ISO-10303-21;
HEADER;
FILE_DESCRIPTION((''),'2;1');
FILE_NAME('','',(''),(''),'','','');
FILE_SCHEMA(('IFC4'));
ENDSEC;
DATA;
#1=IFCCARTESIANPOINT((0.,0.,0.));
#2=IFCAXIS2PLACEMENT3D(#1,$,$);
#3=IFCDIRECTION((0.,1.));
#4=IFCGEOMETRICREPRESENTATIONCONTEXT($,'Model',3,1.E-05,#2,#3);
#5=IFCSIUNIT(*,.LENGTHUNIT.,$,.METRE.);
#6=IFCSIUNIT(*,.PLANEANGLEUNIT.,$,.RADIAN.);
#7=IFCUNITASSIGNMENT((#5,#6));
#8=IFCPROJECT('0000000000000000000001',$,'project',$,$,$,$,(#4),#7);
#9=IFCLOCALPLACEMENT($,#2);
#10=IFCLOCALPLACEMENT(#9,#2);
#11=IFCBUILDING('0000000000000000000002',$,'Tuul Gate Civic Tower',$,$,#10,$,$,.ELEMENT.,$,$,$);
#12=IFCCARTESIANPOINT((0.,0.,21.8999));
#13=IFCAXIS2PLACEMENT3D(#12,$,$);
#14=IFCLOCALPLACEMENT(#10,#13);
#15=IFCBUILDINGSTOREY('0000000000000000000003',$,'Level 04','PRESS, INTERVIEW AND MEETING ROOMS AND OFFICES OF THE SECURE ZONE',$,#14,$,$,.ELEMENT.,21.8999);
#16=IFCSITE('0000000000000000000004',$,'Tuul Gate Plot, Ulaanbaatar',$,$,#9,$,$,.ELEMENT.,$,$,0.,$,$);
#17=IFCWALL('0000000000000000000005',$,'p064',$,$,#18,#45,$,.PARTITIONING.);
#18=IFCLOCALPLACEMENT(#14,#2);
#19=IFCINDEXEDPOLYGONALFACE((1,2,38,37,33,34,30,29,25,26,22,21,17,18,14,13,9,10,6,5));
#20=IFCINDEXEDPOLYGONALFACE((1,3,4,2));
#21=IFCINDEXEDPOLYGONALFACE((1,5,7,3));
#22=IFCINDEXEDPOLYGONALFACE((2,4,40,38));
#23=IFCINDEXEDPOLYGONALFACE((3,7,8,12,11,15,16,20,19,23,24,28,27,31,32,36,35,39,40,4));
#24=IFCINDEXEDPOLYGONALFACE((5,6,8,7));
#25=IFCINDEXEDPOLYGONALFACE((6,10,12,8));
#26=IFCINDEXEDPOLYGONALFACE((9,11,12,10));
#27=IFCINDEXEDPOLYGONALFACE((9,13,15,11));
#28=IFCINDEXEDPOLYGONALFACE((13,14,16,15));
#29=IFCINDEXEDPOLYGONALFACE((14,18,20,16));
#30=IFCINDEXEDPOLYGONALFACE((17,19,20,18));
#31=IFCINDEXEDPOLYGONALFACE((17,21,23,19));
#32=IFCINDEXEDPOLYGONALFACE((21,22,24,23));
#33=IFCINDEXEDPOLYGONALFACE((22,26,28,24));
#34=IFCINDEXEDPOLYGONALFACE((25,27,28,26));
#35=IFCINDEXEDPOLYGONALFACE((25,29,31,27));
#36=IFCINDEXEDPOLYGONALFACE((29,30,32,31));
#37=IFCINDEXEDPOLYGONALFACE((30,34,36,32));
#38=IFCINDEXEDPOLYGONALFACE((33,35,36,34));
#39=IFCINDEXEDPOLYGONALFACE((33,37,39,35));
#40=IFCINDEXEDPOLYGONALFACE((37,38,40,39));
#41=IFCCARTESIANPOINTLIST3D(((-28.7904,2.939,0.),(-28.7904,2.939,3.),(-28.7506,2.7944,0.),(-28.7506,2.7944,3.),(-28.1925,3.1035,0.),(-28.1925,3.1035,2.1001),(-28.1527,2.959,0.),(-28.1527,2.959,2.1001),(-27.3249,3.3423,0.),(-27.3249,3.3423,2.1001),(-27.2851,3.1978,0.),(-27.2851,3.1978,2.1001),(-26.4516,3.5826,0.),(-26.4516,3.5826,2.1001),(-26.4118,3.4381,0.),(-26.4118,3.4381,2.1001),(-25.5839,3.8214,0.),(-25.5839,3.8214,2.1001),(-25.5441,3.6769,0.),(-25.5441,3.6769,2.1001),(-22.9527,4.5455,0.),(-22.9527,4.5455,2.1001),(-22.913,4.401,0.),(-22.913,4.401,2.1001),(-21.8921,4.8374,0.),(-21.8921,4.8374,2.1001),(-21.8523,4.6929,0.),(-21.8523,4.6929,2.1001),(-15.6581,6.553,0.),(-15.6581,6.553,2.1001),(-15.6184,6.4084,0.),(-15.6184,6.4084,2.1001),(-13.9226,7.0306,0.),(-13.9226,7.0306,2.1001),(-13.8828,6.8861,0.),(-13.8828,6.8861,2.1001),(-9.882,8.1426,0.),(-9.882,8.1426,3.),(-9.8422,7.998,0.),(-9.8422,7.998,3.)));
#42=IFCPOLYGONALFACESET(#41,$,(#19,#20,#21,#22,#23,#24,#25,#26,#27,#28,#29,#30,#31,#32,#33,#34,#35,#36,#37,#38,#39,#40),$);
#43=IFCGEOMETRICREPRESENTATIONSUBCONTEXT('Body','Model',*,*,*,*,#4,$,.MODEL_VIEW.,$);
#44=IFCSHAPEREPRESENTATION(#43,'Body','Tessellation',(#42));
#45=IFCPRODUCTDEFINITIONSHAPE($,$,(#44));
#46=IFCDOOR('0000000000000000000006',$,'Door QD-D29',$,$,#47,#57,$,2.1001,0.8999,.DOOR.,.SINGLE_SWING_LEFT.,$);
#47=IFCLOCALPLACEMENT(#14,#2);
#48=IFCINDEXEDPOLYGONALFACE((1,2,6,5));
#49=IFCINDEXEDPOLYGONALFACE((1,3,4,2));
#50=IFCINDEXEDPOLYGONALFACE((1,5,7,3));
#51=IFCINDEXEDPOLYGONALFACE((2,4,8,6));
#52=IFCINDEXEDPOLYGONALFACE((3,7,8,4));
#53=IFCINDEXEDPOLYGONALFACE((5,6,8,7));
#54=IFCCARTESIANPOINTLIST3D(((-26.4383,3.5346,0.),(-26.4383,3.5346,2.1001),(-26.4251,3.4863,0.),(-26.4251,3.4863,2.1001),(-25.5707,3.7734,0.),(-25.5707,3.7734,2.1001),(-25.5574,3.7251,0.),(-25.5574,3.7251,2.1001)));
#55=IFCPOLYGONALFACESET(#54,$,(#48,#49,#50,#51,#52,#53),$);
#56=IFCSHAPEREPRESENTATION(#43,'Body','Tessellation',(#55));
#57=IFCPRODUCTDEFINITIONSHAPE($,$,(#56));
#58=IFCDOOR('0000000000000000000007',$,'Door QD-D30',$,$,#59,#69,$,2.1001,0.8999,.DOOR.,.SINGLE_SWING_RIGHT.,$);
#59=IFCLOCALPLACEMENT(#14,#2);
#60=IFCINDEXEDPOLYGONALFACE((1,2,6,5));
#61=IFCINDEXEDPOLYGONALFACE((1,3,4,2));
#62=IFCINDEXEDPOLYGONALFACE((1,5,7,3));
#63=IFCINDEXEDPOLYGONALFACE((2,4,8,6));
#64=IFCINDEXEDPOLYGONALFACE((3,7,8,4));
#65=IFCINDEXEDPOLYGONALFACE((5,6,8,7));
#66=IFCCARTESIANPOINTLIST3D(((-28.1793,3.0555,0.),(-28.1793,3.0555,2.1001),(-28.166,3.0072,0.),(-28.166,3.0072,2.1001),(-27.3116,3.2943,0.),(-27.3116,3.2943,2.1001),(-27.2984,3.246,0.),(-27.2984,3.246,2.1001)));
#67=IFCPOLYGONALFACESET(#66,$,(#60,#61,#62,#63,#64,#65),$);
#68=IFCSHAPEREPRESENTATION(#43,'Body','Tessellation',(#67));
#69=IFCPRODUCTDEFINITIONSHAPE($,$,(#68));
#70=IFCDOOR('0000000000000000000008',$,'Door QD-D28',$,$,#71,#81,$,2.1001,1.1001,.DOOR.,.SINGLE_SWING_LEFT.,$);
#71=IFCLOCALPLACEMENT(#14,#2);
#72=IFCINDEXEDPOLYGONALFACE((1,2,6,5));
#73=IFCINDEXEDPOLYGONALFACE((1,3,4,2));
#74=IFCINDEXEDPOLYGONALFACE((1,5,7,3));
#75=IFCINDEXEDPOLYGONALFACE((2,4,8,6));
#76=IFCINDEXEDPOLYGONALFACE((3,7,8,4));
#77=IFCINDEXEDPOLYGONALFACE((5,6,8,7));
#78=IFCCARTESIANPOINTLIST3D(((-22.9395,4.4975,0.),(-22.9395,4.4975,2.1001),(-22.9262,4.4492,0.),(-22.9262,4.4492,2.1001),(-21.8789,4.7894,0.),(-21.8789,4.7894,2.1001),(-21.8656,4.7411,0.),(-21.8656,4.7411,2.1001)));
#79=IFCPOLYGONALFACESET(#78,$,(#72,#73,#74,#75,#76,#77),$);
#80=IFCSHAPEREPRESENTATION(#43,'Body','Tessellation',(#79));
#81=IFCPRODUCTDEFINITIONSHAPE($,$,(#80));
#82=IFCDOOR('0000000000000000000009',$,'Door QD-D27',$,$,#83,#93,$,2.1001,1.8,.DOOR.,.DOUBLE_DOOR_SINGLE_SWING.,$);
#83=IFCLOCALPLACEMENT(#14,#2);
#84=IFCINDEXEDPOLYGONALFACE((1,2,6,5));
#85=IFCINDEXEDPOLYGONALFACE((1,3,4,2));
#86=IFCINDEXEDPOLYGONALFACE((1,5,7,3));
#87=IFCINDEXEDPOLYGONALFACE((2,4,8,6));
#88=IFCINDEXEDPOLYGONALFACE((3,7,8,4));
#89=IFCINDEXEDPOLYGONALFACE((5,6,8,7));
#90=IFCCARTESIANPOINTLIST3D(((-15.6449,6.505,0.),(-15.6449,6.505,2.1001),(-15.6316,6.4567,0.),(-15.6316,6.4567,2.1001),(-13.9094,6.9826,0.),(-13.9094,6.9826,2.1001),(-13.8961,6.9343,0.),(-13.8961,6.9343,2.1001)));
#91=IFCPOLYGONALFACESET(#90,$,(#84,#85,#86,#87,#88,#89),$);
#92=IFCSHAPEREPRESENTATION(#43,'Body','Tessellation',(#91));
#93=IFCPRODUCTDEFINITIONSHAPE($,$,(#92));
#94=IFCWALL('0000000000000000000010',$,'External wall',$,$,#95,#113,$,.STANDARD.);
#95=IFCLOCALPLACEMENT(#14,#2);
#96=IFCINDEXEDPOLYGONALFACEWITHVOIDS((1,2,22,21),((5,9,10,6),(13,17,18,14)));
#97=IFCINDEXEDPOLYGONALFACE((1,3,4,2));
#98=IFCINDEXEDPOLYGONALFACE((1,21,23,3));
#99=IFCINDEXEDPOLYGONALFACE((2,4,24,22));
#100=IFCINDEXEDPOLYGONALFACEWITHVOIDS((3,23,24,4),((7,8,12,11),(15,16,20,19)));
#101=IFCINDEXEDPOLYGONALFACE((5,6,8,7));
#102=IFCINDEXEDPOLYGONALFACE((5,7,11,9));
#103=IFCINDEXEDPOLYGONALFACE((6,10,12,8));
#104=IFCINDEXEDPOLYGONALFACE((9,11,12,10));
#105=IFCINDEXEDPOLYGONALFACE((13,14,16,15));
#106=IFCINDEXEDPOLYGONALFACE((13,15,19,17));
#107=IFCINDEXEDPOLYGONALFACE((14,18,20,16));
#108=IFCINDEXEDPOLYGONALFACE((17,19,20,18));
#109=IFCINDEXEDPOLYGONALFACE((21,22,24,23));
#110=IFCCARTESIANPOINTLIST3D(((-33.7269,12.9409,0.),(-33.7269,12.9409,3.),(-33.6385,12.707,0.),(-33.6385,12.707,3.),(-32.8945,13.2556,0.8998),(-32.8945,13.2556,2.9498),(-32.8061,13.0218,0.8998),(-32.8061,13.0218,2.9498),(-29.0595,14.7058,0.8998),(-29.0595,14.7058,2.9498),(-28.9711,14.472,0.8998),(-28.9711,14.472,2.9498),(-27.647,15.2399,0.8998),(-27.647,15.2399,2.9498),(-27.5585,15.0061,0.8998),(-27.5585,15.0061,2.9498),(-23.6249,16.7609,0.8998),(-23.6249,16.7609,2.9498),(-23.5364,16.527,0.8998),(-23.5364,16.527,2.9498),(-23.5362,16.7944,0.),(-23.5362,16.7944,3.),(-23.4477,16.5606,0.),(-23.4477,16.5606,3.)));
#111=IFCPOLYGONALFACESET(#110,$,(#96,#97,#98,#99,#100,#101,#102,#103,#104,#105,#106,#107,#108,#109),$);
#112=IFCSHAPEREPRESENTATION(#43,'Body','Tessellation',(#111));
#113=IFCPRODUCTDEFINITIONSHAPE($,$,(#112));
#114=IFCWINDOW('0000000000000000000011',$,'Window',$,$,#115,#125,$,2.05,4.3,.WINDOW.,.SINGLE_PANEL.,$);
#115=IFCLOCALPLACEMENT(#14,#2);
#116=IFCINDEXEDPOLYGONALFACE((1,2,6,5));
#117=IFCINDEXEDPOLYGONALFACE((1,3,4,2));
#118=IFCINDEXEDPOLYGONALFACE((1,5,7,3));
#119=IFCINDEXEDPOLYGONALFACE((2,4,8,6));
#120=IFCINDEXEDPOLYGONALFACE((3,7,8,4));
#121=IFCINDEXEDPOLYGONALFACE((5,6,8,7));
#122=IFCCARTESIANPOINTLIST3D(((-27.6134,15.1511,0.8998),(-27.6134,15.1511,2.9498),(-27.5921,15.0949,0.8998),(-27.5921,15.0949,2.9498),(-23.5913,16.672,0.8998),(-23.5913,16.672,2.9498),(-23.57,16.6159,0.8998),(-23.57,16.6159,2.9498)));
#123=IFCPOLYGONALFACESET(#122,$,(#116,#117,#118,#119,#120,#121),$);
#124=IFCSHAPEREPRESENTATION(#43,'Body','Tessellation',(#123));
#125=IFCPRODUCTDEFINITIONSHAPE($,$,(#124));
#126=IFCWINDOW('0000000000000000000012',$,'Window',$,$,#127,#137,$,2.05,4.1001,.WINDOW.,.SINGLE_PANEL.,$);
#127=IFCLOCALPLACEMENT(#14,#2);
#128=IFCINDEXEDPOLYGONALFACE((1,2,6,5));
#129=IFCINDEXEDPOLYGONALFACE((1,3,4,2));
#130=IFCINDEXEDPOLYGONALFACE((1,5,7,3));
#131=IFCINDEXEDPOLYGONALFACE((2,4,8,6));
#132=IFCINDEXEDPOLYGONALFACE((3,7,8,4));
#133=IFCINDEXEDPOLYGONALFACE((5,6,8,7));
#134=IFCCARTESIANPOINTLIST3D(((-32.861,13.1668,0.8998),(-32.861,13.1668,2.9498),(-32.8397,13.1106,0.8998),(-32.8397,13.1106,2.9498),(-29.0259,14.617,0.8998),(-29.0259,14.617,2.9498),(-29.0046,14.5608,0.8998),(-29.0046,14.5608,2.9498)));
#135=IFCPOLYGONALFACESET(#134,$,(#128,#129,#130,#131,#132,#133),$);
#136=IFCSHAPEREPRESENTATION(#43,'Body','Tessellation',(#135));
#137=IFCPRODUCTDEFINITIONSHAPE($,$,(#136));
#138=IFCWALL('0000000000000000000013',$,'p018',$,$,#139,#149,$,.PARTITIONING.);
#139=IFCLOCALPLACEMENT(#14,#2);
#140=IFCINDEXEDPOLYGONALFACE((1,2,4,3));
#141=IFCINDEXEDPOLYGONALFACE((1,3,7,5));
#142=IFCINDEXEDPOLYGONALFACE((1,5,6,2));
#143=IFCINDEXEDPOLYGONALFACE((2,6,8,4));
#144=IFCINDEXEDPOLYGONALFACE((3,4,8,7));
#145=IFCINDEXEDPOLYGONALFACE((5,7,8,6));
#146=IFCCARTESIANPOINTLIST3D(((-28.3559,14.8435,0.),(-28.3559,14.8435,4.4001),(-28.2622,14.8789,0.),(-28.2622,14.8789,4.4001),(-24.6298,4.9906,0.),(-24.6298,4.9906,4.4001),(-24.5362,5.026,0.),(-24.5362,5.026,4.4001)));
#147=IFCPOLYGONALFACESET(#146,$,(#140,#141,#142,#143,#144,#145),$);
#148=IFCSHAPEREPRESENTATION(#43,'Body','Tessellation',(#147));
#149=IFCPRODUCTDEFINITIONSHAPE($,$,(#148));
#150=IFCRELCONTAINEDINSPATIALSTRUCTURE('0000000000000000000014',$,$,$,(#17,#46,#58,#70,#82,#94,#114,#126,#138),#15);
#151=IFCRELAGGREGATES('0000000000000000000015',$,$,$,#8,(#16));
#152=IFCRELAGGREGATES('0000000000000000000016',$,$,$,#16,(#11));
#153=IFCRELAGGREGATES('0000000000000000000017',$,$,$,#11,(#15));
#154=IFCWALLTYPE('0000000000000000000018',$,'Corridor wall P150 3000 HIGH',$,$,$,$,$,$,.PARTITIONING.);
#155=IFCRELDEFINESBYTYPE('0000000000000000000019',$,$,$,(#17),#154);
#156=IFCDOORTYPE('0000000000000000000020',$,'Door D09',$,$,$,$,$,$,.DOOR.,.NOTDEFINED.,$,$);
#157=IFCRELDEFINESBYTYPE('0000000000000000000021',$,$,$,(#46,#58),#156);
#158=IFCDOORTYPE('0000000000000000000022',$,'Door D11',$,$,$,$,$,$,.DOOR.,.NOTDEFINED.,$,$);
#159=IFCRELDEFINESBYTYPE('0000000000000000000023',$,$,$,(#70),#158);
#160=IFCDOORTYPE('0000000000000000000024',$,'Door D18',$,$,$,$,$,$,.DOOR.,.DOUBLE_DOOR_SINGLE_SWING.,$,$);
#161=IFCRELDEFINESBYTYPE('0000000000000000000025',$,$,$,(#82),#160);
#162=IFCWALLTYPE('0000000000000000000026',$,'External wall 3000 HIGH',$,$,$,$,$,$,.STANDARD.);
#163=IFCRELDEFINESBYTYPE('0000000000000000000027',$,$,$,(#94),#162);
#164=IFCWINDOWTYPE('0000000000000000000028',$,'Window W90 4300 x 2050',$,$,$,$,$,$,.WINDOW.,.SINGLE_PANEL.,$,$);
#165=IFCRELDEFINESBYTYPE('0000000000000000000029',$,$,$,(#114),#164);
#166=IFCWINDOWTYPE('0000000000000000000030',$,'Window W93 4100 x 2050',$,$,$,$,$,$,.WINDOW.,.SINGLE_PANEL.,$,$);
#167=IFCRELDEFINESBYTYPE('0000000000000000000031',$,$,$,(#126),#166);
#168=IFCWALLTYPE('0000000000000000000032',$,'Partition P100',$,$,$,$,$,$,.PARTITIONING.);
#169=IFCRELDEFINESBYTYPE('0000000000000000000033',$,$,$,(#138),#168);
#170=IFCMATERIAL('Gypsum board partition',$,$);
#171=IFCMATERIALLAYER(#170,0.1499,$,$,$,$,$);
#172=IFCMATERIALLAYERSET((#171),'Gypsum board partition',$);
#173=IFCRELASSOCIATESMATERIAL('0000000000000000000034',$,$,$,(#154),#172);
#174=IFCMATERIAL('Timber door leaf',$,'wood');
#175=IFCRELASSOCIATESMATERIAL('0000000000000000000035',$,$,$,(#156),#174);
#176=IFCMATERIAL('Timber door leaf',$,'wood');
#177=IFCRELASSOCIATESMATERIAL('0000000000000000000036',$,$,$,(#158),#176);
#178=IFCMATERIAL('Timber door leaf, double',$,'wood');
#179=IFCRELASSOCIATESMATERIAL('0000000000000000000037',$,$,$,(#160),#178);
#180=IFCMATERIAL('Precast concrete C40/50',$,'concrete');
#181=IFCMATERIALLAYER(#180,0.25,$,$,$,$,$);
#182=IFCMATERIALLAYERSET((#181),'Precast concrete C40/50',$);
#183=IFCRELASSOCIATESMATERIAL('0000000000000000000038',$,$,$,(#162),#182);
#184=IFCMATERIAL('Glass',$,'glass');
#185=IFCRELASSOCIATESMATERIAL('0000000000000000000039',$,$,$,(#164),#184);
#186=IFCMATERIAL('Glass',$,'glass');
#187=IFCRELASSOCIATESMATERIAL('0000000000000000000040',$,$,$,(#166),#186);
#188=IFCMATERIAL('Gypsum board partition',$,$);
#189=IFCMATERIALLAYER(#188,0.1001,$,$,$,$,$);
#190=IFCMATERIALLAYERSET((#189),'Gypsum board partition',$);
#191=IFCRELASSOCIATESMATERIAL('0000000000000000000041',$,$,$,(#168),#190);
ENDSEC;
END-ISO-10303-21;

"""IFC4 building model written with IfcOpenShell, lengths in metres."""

from ifc_helpers import new_model, si_unit, direction, frame, frame_2d, origin, place, context, subcontext, project, spatial, rectangle, extrude, material, layer, layer_set, type_object, element, fill, save


model = new_model("IFC4")

# Units and contexts
model_context = context("Model", 3, precision=1e-05, world=origin(), true_north=direction((0.0, 1.0)))
body_context = subcontext(model_context, "Body", "Model", "MODEL_VIEW")
ifc_project = project(units=[si_unit("LENGTHUNIT", "METRE"), si_unit("PLANEANGLEUNIT", "RADIAN")], contexts=[model_context])

# Site, building, storey
site_placement = place(None, origin())
site = spatial("IfcSite", under=ifc_project, at=site_placement, Name="Tuul Gate Plot, Ulaanbaatar", CompositionType="ELEMENT", RefElevation=0.0)
building_placement = place(site_placement, origin())
building = spatial("IfcBuilding", under=site, at=building_placement, Name="Tuul Gate Civic Tower", CompositionType="ELEMENT")
storey_placement = place(building_placement, frame((0.0, 0.0, 21.8999)))
storey = spatial("IfcBuildingStorey", under=building, at=storey_placement, Name="Level 04", Description="PRESS, INTERVIEW AND MEETING ROOMS AND OFFICES OF THE SECURE ZONE", CompositionType="ELEMENT", Elevation=21.8999)

# Wall, openings, doors
ifc_material_1 = material(Name="Gypsum board partition")
ifc_layer_1 = layer(ifc_material_1, 0.1499)
ifc_layer_set_1 = layer_set([ifc_layer_1], Name="Gypsum board partition")
wall_type_1 = type_object("IfcWallType", Name="Corridor wall P150 3000 HIGH", PredefinedType="PARTITIONING", material=ifc_layer_set_1)
wall_1_placement = place(storey_placement, frame((-28.7705, 2.8667, 0.0), z_axis=(0.0, 0.0, 1.0), x_axis=(0.964156, 0.265336, 0.0)))
wall_1 = element("IfcWall", 1, at=wall_1_placement, inside=storey, type_object=wall_type_1, Name="p064", PredefinedType="PARTITIONING", context=body_context, shape_type="SweptSolid", body=[
    extrude(rectangle(XDim=19.6113, YDim=0.1499, at=frame_2d((9.8057, 0.0))), origin(), (0.0, 0.0, 1.0), 3.0),
])
opening_1_placement = place(wall_1_placement, frame((13.6206, 0.0, 0.0)))
opening_1 = element("IfcOpeningElement", 2, at=opening_1_placement, cuts=wall_1, PredefinedType="OPENING", context=body_context, shape_type="SweptSolid", body=[
    extrude(rectangle(XDim=1.8, YDim=2.1001, at=frame_2d((0.8999, 1.05))), frame((0.0, 0.085, 0.0), z_axis=(0.0, -1.0, 0.0), x_axis=(1.0, 0.0, 0.0)), (0.0, 0.0, 1.0), 0.1699),
])
opening_2_placement = place(wall_1_placement, frame((6.0547, 0.0, 0.0)))
opening_2 = element("IfcOpeningElement", 3, at=opening_2_placement, cuts=wall_1, PredefinedType="OPENING", context=body_context, shape_type="SweptSolid", body=[
    extrude(rectangle(XDim=1.1001, YDim=2.1001, at=frame_2d((0.55, 1.05))), frame((0.0, 0.085, 0.0), z_axis=(0.0, -1.0, 0.0), x_axis=(1.0, 0.0, 0.0)), (0.0, 0.0, 1.0), 0.1699),
])
opening_3_placement = place(wall_1_placement, frame((2.4258, 0.0, 0.0)))
opening_3 = element("IfcOpeningElement", 4, at=opening_3_placement, cuts=wall_1, PredefinedType="OPENING", context=body_context, shape_type="SweptSolid", body=[
    extrude(rectangle(XDim=0.8999, YDim=2.1001, at=frame_2d((0.45, 1.05))), frame((0.0, 0.085, 0.0), z_axis=(0.0, -1.0, 0.0), x_axis=(1.0, 0.0, 0.0)), (0.0, 0.0, 1.0), 0.1699),
])
opening_4_placement = place(wall_1_placement, frame((0.6201, 0.0, 0.0)))
opening_4 = element("IfcOpeningElement", 5, at=opening_4_placement, cuts=wall_1, PredefinedType="OPENING", context=body_context, shape_type="SweptSolid", body=[
    extrude(rectangle(XDim=0.8999, YDim=2.1001, at=frame_2d((0.45, 1.05))), frame((0.0, 0.085, 0.0), z_axis=(0.0, -1.0, 0.0), x_axis=(1.0, 0.0, 0.0)), (0.0, 0.0, 1.0), 0.1699),
])
ifc_material_2 = material(Name="Timber door leaf", Category="wood")
door_type_1 = type_object("IfcDoorType", Name="Door D09", OperationType="NOTDEFINED", PredefinedType="DOOR", material=ifc_material_2)
door_1_placement = place(opening_3_placement, frame((0.8999, 0.0, 0.0), z_axis=(0.0, 0.0, 1.0), x_axis=(-1.0, 0.0, 0.0)))
door_1 = element("IfcDoor", 6, at=door_1_placement, inside=storey, type_object=door_type_1, Name="Door QD-D29", OperationType="SINGLE_SWING_LEFT", OverallHeight=2.1001, OverallWidth=0.8999, PredefinedType="DOOR", context=body_context, shape_type="SweptSolid", body=[
    extrude(rectangle(XDim=0.8999, YDim=2.1001, at=frame_2d((0.45, 1.05))), frame((0.0, 0.0249, 0.0), z_axis=(0.0, -1.0, 0.0), x_axis=(1.0, 0.0, 0.0)), (0.0, 0.0, 1.0), 0.05),
])
fill(opening_3, door_1)
door_2_placement = place(opening_4_placement, frame((0.8999, 0.0, 0.0), z_axis=(0.0, 0.0, 1.0), x_axis=(-1.0, 0.0, 0.0)))
door_2 = element("IfcDoor", 7, at=door_2_placement, inside=storey, type_object=door_type_1, Name="Door QD-D30", OperationType="SINGLE_SWING_RIGHT", OverallHeight=2.1001, OverallWidth=0.8999, PredefinedType="DOOR", context=body_context, shape_type="SweptSolid", body=[
    extrude(rectangle(XDim=0.8999, YDim=2.1001, at=frame_2d((0.45, 1.05))), frame((0.0, 0.0249, 0.0), z_axis=(0.0, -1.0, 0.0), x_axis=(1.0, 0.0, 0.0)), (0.0, 0.0, 1.0), 0.05),
])
fill(opening_4, door_2)
ifc_material_3 = material(Name="Timber door leaf", Category="wood")
door_type_2 = type_object("IfcDoorType", Name="Door D11", OperationType="NOTDEFINED", PredefinedType="DOOR", material=ifc_material_3)
door_3_placement = place(opening_2_placement, frame((1.1001, 0.0, 0.0), z_axis=(0.0, 0.0, 1.0), x_axis=(-1.0, 0.0, 0.0)))
door_3 = element("IfcDoor", 8, at=door_3_placement, inside=storey, type_object=door_type_2, Name="Door QD-D28", OperationType="SINGLE_SWING_LEFT", OverallHeight=2.1001, OverallWidth=1.1001, PredefinedType="DOOR", context=body_context, shape_type="SweptSolid", body=[
    extrude(rectangle(XDim=1.1001, YDim=2.1001, at=frame_2d((0.55, 1.05))), frame((0.0, 0.0249, 0.0), z_axis=(0.0, -1.0, 0.0), x_axis=(1.0, 0.0, 0.0)), (0.0, 0.0, 1.0), 0.05),
])
fill(opening_2, door_3)
ifc_material_4 = material(Name="Timber door leaf, double", Category="wood")
door_type_3 = type_object("IfcDoorType", Name="Door D18", OperationType="DOUBLE_DOOR_SINGLE_SWING", PredefinedType="DOOR", material=ifc_material_4)
door_4_placement = place(opening_1_placement, frame((1.8, 0.0, 0.0), z_axis=(0.0, 0.0, 1.0), x_axis=(-1.0, 0.0, 0.0)))
door_4 = element("IfcDoor", 9, at=door_4_placement, inside=storey, type_object=door_type_3, Name="Door QD-D27", OperationType="DOUBLE_DOOR_SINGLE_SWING", OverallHeight=2.1001, OverallWidth=1.8, PredefinedType="DOOR", context=body_context, shape_type="SweptSolid", body=[
    extrude(rectangle(XDim=1.8, YDim=2.1001, at=frame_2d((0.9001, 1.05))), frame((0.0, 0.0249, 0.0), z_axis=(0.0, -1.0, 0.0), x_axis=(1.0, 0.0, 0.0)), (0.0, 0.0, 1.0), 0.05),
])
fill(opening_1, door_4)

# Wall, openings, windows
ifc_material_5 = material(Name="Precast concrete C40/50", Category="concrete")
ifc_layer_2 = layer(ifc_material_5, 0.25)
ifc_layer_set_2 = layer_set([ifc_layer_2], Name="Precast concrete C40/50")
wall_type_2 = type_object("IfcWallType", Name="External wall 3000 HIGH", PredefinedType="STANDARD", material=ifc_layer_set_2)
wall_2_placement = place(storey_placement, frame((-23.4919, 16.6775, 0.0), z_axis=(0.0, 0.0, 1.0), x_axis=(-0.93536, -0.353698, 0.0)))
wall_2 = element("IfcWall", 10, at=wall_2_placement, inside=storey, type_object=wall_type_2, Name="External wall", PredefinedType="STANDARD", context=body_context, shape_type="SweptSolid", body=[
    extrude(rectangle(XDim=10.895, YDim=0.25, at=frame_2d((5.4475, 0.0))), origin(), (0.0, 0.0, 1.0), 3.0),
])
opening_5_placement = place(wall_2_placement, frame((0.095, 0.0, 0.8999)))
opening_5 = element("IfcOpeningElement", 11, at=opening_5_placement, cuts=wall_2, PredefinedType="OPENING", context=body_context, shape_type="SweptSolid", body=[
    extrude(rectangle(XDim=4.3, YDim=2.05, at=frame_2d((2.1499, 1.0249))), frame((0.0, 0.135, 0.0), z_axis=(0.0, -1.0, 0.0), x_axis=(1.0, 0.0, 0.0)), (0.0, 0.0, 1.0), 0.27),
])
opening_6_placement = place(wall_2_placement, frame((5.905, 0.0, 0.8999)))
opening_6 = element("IfcOpeningElement", 12, at=opening_6_placement, cuts=wall_2, PredefinedType="OPENING", context=body_context, shape_type="SweptSolid", body=[
    extrude(rectangle(XDim=4.1001, YDim=2.05, at=frame_2d((2.05, 1.0249))), frame((0.0, 0.135, 0.0), z_axis=(0.0, -1.0, 0.0), x_axis=(1.0, 0.0, 0.0)), (0.0, 0.0, 1.0), 0.27),
])
ifc_material_6 = material(Name="Glass", Category="glass")
window_type_1 = type_object("IfcWindowType", Name="Window W90 4300 x 2050", PartitioningType="SINGLE_PANEL", PredefinedType="WINDOW", material=ifc_material_6)
window_1_placement = place(opening_5_placement, origin())
window_1 = element("IfcWindow", 13, at=window_1_placement, inside=storey, type_object=window_type_1, Name="Window", OverallHeight=2.05, OverallWidth=4.3, PartitioningType="SINGLE_PANEL", PredefinedType="WINDOW", context=body_context, shape_type="SweptSolid", body=[
    extrude(rectangle(XDim=4.3, YDim=2.05, at=frame_2d((2.1499, 1.0249))), frame((0.0, 0.03, 0.0), z_axis=(0.0, -1.0, 0.0), x_axis=(1.0, 0.0, 0.0)), (0.0, 0.0, 1.0), 0.0601),
])
fill(opening_5, window_1)
ifc_material_7 = material(Name="Glass", Category="glass")
window_type_2 = type_object("IfcWindowType", Name="Window W93 4100 x 2050", PartitioningType="SINGLE_PANEL", PredefinedType="WINDOW", material=ifc_material_7)
window_2_placement = place(opening_6_placement, origin())
window_2 = element("IfcWindow", 14, at=window_2_placement, inside=storey, type_object=window_type_2, Name="Window", OverallHeight=2.05, OverallWidth=4.1001, PartitioningType="SINGLE_PANEL", PredefinedType="WINDOW", context=body_context, shape_type="SweptSolid", body=[
    extrude(rectangle(XDim=4.1001, YDim=2.05, at=frame_2d((2.05, 1.0249))), frame((0.0, 0.03, 0.0), z_axis=(0.0, -1.0, 0.0), x_axis=(1.0, 0.0, 0.0)), (0.0, 0.0, 1.0), 0.0601),
])
fill(opening_6, window_2)

# Wall
ifc_material_8 = material(Name="Gypsum board partition")
ifc_layer_3 = layer(ifc_material_8, 0.1001)
ifc_layer_set_3 = layer_set([ifc_layer_3], Name="Gypsum board partition")
wall_type_3 = type_object("IfcWallType", Name="Partition P100", PredefinedType="PARTITIONING", material=ifc_layer_set_3)
wall_3_placement = place(storey_placement, frame((-28.3091, 14.8613, 0.0), z_axis=(0.0, 0.0, 1.0), x_axis=(0.353718, -0.935352, 0.0)))
element("IfcWall", 15, at=wall_3_placement, inside=storey, type_object=wall_type_3, Name="p018", PredefinedType="PARTITIONING", context=body_context, shape_type="SweptSolid", body=[
    extrude(rectangle(XDim=10.5339, YDim=0.1001, at=frame_2d((5.2671, 0.0))), origin(), (0.0, 0.0, 1.0), 4.4001),
])

save(model, "model.ifc")
